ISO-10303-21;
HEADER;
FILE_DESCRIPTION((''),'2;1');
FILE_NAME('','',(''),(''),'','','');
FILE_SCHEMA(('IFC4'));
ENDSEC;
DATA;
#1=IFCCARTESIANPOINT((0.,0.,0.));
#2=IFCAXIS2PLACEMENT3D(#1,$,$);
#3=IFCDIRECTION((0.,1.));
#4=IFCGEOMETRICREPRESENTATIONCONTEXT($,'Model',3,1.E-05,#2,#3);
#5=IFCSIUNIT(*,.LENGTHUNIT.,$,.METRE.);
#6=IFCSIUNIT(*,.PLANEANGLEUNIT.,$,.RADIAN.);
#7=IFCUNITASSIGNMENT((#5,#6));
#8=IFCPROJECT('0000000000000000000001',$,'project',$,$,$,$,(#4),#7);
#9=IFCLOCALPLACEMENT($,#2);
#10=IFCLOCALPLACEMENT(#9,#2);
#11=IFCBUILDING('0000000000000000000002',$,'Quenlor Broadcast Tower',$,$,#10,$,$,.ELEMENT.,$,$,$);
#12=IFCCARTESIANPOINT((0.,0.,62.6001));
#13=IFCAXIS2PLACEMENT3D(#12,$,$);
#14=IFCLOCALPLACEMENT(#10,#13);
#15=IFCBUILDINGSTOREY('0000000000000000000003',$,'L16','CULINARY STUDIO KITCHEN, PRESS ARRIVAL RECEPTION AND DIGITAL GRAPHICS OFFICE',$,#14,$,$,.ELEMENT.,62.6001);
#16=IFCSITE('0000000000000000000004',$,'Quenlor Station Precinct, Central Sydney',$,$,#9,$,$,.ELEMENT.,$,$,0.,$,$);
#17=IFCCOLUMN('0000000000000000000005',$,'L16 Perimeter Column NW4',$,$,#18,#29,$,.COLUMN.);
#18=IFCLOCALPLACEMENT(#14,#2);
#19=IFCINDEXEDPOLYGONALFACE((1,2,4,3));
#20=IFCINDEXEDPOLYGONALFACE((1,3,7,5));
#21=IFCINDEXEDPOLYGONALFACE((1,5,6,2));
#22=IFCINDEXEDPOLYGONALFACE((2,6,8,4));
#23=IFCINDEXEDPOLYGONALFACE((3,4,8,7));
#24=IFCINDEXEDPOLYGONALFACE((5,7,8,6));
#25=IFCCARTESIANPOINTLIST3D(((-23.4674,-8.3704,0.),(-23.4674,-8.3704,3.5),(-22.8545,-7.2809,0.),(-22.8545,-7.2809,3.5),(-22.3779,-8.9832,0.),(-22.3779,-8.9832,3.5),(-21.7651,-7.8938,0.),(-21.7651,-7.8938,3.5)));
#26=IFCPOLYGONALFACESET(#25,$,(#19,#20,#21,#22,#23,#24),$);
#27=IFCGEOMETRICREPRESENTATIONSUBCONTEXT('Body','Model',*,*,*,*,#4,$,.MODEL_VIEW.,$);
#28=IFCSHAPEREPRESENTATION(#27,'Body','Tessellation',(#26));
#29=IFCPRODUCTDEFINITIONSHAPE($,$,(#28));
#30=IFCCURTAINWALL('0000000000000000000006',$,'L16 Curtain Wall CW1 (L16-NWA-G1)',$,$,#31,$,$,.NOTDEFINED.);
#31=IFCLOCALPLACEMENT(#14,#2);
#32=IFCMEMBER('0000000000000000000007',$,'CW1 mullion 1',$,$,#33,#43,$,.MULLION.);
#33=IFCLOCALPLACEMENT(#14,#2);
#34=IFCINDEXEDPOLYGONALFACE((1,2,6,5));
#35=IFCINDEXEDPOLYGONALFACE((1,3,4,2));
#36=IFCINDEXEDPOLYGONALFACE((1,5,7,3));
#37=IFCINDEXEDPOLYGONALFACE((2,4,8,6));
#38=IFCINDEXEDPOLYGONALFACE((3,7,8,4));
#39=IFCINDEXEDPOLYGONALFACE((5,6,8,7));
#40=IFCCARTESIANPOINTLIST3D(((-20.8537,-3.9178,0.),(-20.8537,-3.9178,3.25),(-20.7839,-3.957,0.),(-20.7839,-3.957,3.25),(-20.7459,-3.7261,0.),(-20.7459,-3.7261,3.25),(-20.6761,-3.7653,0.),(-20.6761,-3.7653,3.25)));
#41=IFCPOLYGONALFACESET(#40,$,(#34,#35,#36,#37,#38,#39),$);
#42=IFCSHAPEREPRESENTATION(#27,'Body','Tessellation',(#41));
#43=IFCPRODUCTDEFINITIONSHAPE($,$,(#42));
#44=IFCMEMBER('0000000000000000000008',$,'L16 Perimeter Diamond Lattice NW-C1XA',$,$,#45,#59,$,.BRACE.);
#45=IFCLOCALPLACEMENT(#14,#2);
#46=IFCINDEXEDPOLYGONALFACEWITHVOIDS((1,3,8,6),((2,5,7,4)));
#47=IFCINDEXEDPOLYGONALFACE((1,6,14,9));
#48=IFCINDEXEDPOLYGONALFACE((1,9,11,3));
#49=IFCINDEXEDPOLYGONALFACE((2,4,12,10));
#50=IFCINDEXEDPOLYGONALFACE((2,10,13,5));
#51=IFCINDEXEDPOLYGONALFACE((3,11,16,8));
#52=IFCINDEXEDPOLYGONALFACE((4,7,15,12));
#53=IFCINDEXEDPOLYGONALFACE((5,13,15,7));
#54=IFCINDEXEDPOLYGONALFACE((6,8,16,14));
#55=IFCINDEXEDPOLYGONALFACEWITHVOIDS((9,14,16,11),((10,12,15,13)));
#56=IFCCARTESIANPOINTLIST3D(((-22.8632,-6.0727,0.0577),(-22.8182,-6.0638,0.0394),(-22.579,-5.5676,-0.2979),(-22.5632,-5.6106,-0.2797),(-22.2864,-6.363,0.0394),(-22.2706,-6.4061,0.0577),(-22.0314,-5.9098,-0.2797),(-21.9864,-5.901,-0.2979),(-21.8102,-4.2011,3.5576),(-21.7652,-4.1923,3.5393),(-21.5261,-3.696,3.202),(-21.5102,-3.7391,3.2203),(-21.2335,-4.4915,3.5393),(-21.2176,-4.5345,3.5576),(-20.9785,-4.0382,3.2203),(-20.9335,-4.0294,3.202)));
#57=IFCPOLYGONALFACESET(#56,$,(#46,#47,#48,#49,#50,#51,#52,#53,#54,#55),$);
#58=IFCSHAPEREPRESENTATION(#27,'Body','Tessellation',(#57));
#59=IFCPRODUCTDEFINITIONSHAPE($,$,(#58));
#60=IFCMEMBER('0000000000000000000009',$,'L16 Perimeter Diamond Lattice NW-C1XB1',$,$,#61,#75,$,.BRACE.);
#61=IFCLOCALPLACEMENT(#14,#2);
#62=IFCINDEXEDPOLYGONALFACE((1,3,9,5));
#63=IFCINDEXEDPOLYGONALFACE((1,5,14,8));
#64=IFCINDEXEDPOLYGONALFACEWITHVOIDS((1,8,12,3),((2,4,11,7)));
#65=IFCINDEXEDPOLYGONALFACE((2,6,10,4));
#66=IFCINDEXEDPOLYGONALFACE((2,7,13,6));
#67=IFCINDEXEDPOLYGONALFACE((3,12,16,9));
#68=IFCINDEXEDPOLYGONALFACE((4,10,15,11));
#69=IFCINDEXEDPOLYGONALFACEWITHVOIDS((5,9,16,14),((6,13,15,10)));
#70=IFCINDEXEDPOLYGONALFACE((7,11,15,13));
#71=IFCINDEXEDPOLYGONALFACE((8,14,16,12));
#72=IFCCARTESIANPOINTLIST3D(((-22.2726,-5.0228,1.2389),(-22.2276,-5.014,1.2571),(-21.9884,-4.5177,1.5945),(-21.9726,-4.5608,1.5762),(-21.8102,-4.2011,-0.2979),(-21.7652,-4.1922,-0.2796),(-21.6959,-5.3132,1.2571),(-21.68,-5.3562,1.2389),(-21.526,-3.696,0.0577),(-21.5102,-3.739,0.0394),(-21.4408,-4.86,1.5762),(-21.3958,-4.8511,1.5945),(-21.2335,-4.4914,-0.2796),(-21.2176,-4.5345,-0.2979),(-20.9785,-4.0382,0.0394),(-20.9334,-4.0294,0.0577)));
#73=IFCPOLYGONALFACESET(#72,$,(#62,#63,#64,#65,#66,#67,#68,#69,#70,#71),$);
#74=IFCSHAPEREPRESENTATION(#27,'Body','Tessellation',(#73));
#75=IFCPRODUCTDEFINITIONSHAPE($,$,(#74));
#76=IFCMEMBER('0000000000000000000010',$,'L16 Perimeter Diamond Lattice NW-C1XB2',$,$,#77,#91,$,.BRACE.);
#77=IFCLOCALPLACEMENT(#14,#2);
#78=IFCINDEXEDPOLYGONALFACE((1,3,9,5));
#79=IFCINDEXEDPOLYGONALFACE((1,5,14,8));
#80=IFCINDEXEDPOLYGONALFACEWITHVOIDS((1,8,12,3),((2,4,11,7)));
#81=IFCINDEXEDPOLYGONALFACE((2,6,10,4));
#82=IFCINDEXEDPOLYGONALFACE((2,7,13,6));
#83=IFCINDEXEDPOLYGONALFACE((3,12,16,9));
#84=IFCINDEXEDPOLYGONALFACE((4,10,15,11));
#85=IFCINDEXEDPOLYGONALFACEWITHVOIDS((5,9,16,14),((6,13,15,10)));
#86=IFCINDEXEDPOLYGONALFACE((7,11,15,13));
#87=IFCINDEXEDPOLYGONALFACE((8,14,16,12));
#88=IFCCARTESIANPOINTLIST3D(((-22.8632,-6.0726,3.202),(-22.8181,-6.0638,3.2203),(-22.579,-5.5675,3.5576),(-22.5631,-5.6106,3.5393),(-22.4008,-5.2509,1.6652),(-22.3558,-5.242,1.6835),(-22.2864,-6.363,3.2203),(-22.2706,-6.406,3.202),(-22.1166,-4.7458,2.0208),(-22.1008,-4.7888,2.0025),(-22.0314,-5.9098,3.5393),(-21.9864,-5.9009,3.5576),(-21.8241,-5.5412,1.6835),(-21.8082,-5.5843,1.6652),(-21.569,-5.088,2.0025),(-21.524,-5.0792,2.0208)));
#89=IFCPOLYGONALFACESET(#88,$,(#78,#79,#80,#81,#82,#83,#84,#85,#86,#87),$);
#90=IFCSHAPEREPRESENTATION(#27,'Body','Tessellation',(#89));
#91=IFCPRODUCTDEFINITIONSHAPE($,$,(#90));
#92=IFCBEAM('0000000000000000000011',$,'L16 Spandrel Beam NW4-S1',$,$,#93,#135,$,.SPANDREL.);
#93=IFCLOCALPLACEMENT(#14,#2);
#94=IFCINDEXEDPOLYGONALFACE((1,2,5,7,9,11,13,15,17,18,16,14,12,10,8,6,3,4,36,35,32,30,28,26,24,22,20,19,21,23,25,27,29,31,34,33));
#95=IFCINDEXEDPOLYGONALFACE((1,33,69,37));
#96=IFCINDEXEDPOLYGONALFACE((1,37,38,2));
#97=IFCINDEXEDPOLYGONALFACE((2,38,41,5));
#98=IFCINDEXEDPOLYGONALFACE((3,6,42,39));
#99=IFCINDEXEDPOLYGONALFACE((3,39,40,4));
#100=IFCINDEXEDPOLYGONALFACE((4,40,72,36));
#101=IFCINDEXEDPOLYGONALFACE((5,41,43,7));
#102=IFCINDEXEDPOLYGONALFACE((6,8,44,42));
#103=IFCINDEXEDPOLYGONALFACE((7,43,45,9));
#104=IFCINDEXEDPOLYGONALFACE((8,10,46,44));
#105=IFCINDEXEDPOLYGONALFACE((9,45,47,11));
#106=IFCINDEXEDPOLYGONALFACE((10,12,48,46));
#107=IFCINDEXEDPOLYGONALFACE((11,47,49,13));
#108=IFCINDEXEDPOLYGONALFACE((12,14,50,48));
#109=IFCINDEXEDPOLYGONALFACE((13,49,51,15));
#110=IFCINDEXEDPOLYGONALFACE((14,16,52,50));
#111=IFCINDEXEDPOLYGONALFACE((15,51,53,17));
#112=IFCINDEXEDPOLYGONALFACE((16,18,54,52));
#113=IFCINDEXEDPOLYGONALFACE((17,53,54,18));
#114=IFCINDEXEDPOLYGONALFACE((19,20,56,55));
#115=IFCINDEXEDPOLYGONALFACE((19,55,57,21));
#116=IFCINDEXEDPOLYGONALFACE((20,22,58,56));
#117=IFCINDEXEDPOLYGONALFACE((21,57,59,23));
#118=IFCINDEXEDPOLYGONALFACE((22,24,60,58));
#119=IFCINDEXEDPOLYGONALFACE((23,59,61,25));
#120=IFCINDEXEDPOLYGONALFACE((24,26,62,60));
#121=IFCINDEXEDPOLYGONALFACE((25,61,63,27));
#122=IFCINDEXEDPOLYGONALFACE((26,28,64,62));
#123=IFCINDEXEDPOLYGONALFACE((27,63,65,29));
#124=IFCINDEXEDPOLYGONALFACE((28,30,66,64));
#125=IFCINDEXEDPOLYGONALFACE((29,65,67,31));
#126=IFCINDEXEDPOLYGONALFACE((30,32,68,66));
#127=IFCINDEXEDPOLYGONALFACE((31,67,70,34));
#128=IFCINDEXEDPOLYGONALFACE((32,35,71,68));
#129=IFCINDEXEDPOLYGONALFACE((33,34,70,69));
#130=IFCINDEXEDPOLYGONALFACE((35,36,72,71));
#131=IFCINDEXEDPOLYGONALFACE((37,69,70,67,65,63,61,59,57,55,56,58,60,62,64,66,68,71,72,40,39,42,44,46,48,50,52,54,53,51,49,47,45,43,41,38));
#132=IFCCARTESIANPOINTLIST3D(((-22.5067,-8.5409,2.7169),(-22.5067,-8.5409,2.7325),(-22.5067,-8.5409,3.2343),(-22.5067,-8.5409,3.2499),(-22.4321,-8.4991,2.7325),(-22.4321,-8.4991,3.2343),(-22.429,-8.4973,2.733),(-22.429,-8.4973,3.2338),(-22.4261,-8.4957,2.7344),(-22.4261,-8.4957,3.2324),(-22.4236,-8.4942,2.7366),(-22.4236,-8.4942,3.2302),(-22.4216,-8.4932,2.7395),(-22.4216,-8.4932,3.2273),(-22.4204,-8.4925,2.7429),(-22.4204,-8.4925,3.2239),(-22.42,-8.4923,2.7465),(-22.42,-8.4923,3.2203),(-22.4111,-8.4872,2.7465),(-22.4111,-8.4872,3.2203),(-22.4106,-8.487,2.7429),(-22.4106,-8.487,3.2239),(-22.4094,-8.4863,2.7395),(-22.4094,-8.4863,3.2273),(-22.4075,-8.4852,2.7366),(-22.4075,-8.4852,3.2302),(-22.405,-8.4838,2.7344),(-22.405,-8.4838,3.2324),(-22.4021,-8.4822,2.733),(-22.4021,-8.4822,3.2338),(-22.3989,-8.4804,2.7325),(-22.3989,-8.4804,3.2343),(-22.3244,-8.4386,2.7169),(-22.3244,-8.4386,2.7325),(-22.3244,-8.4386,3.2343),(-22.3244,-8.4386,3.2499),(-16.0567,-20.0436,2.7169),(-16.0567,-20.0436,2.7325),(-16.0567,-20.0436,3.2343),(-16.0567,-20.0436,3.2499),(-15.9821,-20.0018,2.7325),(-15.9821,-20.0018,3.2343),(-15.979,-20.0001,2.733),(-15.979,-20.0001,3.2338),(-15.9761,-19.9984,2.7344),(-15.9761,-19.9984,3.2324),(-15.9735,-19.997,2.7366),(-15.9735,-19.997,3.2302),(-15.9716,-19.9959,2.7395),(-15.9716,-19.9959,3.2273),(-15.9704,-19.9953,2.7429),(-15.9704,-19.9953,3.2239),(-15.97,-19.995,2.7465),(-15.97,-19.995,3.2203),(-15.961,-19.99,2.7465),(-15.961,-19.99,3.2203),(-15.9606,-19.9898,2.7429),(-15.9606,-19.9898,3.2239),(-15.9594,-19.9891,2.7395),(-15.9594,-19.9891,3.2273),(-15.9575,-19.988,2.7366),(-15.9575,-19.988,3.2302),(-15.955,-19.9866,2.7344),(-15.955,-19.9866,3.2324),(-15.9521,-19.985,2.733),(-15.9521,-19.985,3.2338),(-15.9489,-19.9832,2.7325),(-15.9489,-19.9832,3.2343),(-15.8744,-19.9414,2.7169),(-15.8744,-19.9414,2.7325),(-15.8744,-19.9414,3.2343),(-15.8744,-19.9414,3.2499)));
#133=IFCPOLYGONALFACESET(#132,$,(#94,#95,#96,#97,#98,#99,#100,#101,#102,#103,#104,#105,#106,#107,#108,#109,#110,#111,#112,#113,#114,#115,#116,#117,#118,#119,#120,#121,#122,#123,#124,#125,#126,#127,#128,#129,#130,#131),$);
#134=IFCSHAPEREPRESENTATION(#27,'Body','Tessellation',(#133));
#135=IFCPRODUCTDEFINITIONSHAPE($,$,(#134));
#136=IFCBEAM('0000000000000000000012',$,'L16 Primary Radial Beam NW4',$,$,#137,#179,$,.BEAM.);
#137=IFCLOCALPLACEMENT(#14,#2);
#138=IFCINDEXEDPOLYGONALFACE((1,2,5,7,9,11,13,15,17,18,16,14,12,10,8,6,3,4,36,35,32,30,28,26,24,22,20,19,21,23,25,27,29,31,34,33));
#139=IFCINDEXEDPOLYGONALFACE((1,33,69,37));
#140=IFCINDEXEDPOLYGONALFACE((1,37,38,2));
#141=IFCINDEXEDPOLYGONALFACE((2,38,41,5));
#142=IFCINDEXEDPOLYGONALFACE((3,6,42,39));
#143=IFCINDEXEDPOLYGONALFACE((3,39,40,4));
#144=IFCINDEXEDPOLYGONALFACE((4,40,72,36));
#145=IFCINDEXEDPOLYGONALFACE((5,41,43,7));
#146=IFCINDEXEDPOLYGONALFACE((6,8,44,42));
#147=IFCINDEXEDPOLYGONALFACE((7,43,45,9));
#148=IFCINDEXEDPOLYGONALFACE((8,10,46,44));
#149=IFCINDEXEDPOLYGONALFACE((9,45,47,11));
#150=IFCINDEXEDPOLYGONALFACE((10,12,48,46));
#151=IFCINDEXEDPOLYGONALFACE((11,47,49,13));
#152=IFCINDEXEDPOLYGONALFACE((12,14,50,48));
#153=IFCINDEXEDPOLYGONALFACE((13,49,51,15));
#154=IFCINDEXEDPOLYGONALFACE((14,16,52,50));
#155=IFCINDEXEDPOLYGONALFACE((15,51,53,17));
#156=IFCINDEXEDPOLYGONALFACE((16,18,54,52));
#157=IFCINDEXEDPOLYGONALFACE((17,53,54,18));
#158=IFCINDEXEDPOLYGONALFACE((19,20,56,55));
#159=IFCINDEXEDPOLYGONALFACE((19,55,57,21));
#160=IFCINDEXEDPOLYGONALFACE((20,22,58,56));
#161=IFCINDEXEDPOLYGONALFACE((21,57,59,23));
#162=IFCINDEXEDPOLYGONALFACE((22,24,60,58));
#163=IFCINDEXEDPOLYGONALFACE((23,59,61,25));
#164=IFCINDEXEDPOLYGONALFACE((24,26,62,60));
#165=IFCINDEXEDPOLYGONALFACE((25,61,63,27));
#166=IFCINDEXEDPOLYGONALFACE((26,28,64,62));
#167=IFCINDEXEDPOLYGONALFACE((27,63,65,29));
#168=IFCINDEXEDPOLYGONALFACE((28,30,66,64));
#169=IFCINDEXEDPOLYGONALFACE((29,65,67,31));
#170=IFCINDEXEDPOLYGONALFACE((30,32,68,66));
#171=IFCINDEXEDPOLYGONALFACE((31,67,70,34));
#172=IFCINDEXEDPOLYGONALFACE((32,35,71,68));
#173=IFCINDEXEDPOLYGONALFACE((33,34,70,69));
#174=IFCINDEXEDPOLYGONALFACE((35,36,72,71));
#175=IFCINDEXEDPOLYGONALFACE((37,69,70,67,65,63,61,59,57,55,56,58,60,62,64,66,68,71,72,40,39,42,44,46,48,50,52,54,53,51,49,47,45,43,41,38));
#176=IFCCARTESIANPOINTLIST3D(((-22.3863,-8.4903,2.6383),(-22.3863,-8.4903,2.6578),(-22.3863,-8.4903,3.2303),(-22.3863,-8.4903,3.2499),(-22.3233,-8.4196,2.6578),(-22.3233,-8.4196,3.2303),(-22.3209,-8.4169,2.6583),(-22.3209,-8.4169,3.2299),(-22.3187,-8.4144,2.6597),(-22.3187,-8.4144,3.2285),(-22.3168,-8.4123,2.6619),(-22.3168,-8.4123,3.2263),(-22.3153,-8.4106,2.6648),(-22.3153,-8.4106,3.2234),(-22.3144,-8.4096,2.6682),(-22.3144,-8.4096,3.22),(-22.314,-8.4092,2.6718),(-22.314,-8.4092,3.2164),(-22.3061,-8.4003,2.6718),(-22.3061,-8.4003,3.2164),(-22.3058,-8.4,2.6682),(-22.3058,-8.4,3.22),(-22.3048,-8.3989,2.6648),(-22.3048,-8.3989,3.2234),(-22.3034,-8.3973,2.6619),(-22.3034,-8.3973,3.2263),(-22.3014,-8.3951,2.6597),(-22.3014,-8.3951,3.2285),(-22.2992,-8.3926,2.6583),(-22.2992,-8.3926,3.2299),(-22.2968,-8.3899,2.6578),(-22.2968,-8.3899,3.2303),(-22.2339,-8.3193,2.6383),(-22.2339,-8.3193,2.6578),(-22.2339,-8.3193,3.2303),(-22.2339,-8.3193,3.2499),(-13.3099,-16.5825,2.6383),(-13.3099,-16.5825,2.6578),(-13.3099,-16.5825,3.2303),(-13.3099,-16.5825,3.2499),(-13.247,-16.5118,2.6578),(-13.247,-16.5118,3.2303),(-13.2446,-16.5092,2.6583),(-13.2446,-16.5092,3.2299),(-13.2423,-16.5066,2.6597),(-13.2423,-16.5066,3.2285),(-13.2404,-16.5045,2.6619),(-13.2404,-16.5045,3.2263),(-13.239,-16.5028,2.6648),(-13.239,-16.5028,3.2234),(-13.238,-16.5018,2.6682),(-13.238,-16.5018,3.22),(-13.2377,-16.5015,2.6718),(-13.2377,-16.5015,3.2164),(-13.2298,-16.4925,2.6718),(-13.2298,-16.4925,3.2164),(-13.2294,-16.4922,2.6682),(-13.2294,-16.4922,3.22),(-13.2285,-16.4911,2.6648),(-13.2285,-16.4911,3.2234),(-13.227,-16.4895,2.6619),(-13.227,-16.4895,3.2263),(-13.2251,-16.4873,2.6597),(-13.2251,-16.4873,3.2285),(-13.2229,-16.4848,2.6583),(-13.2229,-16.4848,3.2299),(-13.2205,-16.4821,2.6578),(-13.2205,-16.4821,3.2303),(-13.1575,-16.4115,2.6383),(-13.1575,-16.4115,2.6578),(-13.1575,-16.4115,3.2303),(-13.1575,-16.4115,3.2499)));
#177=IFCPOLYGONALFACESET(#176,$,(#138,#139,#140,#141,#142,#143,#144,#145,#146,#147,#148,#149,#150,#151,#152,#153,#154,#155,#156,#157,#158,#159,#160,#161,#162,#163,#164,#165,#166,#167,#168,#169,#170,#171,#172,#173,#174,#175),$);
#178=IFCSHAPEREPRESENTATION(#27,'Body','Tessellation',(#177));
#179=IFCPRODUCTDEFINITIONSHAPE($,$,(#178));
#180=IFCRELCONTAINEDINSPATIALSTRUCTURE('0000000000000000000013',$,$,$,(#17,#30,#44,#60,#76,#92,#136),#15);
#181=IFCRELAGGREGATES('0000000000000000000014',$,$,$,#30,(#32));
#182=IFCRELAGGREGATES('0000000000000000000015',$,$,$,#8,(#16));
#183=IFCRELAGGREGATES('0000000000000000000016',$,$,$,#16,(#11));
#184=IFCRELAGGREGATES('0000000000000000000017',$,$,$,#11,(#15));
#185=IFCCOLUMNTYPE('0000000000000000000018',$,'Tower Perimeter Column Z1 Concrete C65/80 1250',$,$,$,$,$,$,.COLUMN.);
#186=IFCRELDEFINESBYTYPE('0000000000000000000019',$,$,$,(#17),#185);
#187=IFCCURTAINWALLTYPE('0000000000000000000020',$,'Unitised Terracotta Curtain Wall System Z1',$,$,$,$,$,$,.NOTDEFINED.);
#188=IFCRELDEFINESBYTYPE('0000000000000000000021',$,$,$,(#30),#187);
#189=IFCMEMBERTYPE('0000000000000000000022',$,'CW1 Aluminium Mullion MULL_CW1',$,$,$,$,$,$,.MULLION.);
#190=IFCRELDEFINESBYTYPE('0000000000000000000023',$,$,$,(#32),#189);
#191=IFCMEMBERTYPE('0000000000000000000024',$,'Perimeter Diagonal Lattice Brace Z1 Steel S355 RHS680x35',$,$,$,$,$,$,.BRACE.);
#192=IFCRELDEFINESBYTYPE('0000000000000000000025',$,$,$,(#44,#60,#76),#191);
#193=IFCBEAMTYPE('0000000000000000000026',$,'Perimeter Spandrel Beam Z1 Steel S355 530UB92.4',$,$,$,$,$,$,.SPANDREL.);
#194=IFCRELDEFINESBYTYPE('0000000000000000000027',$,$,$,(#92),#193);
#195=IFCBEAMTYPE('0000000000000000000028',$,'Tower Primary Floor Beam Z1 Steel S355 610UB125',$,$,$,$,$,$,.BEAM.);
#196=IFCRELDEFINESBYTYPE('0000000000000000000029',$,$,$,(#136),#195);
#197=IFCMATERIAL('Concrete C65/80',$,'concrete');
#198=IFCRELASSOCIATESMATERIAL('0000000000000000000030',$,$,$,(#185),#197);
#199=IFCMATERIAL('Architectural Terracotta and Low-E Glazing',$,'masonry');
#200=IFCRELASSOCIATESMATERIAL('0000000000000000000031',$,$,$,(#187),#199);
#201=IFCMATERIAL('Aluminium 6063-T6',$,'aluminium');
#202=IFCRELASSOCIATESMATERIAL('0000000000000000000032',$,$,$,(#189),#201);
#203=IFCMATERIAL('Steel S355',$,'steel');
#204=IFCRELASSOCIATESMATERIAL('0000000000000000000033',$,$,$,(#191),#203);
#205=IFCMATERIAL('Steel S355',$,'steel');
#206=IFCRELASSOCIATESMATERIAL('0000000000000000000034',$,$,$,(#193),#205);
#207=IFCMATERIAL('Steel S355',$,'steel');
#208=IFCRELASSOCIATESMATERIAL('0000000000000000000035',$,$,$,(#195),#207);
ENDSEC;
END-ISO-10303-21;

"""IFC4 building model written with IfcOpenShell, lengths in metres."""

from ifc_helpers import new_model, si_unit, direction, frame, origin, origin_2d, place, context, subcontext, project, spatial, rectangle, hollow_rectangle, i_section, extrude, material, material_profile, profile_set, type_object, element, aggregate, save


model = new_model("IFC4")

# Units and contexts
model_context = context("Model", 3, precision=1e-05, world=origin(), true_north=direction((0.0, 1.0)))
body_context = subcontext(model_context, "Body", "Model", "MODEL_VIEW")
ifc_project = project(units=[si_unit("LENGTHUNIT", "METRE"), si_unit("PLANEANGLEUNIT", "RADIAN")], contexts=[model_context])

# Site, building, storey
site_placement = place(None, origin())
site = spatial("IfcSite", under=ifc_project, at=site_placement, Name="Quenlor Station Precinct, Central Sydney", CompositionType="ELEMENT", RefElevation=0.0)
building_placement = place(site_placement, origin())
building = spatial("IfcBuilding", under=site, at=building_placement, Name="Quenlor Broadcast Tower", CompositionType="ELEMENT")
storey_placement = place(building_placement, frame((0.0, 0.0, 62.6001)))
storey = spatial("IfcBuildingStorey", under=building, at=storey_placement, Name="L16", Description="CULINARY STUDIO KITCHEN, PRESS ARRIVAL RECEPTION AND DIGITAL GRAPHICS OFFICE", CompositionType="ELEMENT", Elevation=62.6001)

# Column
ifc_material_1 = material(Name="Concrete C65/80", Category="concrete")
ifc_material_profile_1 = material_profile(ifc_material_1, rectangle(XDim=1.25, YDim=1.25, at=origin_2d()))
ifc_profile_set_1 = profile_set([ifc_material_profile_1], Name="Concrete C65/80 RC1250x1250")
column_type = type_object("IfcColumnType", Name="Tower Perimeter Column Z1 Concrete C65/80 1250", PredefinedType="COLUMN", material=ifc_profile_set_1)
column_placement = place(storey_placement, frame((-22.6162, -8.1321, 0.0), z_axis=(0.0, 0.0, 1.0), x_axis=(-0.871575, 0.490262, 0.0)))
element("IfcColumn", 1, at=column_placement, inside=storey, type_object=column_type, Name="L16 Perimeter Column NW4", PredefinedType="COLUMN", context=body_context, shape_type="SweptSolid", body=[
    extrude(rectangle(XDim=1.25, YDim=1.25, at=origin_2d()), origin(), (0.0, 0.0, 1.0), 3.5),
])

# Curtain wall, member
ifc_material_2 = material(Name="Architectural Terracotta and Low-E Glazing", Category="masonry")
curtain_wall_type = type_object("IfcCurtainWallType", Name="Unitised Terracotta Curtain Wall System Z1", PredefinedType="NOTDEFINED", material=ifc_material_2)
curtain_wall_placement = place(storey_placement, origin())
curtain_wall = element("IfcCurtainWall", 2, at=curtain_wall_placement, inside=storey, type_object=curtain_wall_type, Name="L16 Curtain Wall CW1 (L16-NWA-G1)", PredefinedType="NOTDEFINED")
ifc_material_3 = material(Name="Aluminium 6063-T6", Category="aluminium")
ifc_material_profile_2 = material_profile(ifc_material_3, rectangle(XDim=0.0801, YDim=0.22, at=origin_2d()))
ifc_profile_set_2 = profile_set([ifc_material_profile_2], Name="Aluminium 6063-T6 MULL80x220")
member_type_1 = type_object("IfcMemberType", Name="CW1 Aluminium Mullion MULL_CW1", PredefinedType="MULLION", material=ifc_profile_set_2)
member_1_placement = place(storey_placement, frame((-20.7649, -3.8416, 0.0), z_axis=(0.0, 0.0, 1.0), x_axis=(-0.871578, 0.490257, 0.0)))
member_1 = element("IfcMember", 3, at=member_1_placement, type_object=member_type_1, Name="CW1 mullion 1", PredefinedType="MULLION", context=body_context, shape_type="SweptSolid", body=[
    extrude(rectangle(XDim=0.0801, YDim=0.22, at=origin_2d()), origin(), (0.0, 0.0, 1.0), 3.25),
])
aggregate(curtain_wall, [member_1])

# Members
ifc_material_4 = material(Name="Steel S355", Category="steel")
ifc_material_profile_3 = material_profile(ifc_material_4, hollow_rectangle(XDim=0.6799, YDim=0.6799, WallThickness=0.0349, at=origin_2d()))
ifc_profile_set_3 = profile_set([ifc_material_profile_3], Name="Steel S355 RHS680x680x35")
member_type_2 = type_object("IfcMemberType", Name="Perimeter Diagonal Lattice Brace Z1 Steel S355 RHS680x35", PredefinedType="BRACE", material=ifc_profile_set_3)
member_2_placement = place(storey_placement, frame((-22.4248, -5.9868, -0.1201), z_axis=(0.256431, 0.455785, 0.852352), x_axis=(-0.871533, 0.490337, 0.0)))
element("IfcMember", 4, at=member_2_placement, inside=storey, type_object=member_type_2, Name="L16 Perimeter Diamond Lattice NW-C1XA", PredefinedType="BRACE", context=body_context, shape_type="SweptSolid", body=[
    extrude(hollow_rectangle(XDim=0.6799, YDim=0.6799, WallThickness=0.0349, at=origin_2d()), origin(), (0.0, 0.0, 1.0), 4.1062),
])
for number, where, z_axis, x_axis, name in (
    (5, (-21.3718, -4.1152, -0.1201), (-0.256452, -0.455764, 0.852357), (0.871506, -0.490384, 0.0), "L16 Perimeter Diamond Lattice NW-C1XB1"),
    (6, (-21.9624, -5.165, 1.843), (-0.256452, -0.455764, 0.852357), (0.871506, -0.490384, 0.0), "L16 Perimeter Diamond Lattice NW-C1XB2"),
):
    element("IfcMember", number, at=place(storey_placement, frame(where, z_axis=z_axis, x_axis=x_axis)), inside=storey, type_object=member_type_2, Name=name, PredefinedType="BRACE", context=body_context, shape_type="SweptSolid", body=[
        extrude(hollow_rectangle(XDim=0.6799, YDim=0.6799, WallThickness=0.0349, at=origin_2d()), origin(), (0.0, 0.0, 1.0), 1.803),
    ])

# Beams
ifc_material_5 = material(Name="Steel S355", Category="steel")
ifc_material_profile_4 = material_profile(ifc_material_5, i_section(OverallWidth=0.209, OverallDepth=0.533, WebThickness=0.0103, FlangeThickness=0.0156, FilletRadius=0.0139, at=origin_2d()))
ifc_profile_set_4 = profile_set([ifc_material_profile_4], Name="Steel S355 530UB92.4")
beam_type_1 = type_object("IfcBeamType", Name="Perimeter Spandrel Beam Z1 Steel S355 530UB92.4", PredefinedType="SPANDREL", material=ifc_profile_set_4)
beam_1_placement = place(storey_placement, frame((-22.4155, -8.4897, 2.9834), z_axis=(0.489091, -0.872233, 0.0), x_axis=(0.872233, 0.489091, 0.0)))
element("IfcBeam", 7, at=beam_1_placement, inside=storey, type_object=beam_type_1, Name="L16 Spandrel Beam NW4-S1", PredefinedType="SPANDREL", context=body_context, shape_type="SweptSolid", body=[
    extrude(i_section(OverallWidth=0.209, OverallDepth=0.533, WebThickness=0.0103, FlangeThickness=0.0156, FilletRadius=0.0139, at=origin_2d()), origin(), (0.0, 0.0, 1.0), 13.1877),
])
ifc_material_6 = material(Name="Steel S355", Category="steel")
ifc_material_profile_5 = material_profile(ifc_material_6, i_section(OverallWidth=0.229, OverallDepth=0.6116, WebThickness=0.012, FlangeThickness=0.0195, FilletRadius=0.0139, at=origin_2d()))
ifc_profile_set_5 = profile_set([ifc_material_profile_5], Name="Steel S355 610UB125")
beam_type_2 = type_object("IfcBeamType", Name="Tower Primary Floor Beam Z1 Steel S355 610UB125", PredefinedType="BEAM", material=ifc_profile_set_5)
beam_2_placement = place(storey_placement, frame((-22.3101, -8.4048, 2.9441), z_axis=(0.746414, -0.665482, 0.0), x_axis=(0.665482, 0.746414, 0.0)))
element("IfcBeam", 8, at=beam_2_placement, inside=storey, type_object=beam_type_2, Name="L16 Primary Radial Beam NW4", PredefinedType="BEAM", context=body_context, shape_type="SweptSolid", body=[
    extrude(i_section(OverallWidth=0.229, OverallDepth=0.6116, WebThickness=0.012, FlangeThickness=0.0195, FilletRadius=0.0139, at=origin_2d()), origin(), (0.0, 0.0, 1.0), 12.1599),
])

save(model, "model.ifc")
